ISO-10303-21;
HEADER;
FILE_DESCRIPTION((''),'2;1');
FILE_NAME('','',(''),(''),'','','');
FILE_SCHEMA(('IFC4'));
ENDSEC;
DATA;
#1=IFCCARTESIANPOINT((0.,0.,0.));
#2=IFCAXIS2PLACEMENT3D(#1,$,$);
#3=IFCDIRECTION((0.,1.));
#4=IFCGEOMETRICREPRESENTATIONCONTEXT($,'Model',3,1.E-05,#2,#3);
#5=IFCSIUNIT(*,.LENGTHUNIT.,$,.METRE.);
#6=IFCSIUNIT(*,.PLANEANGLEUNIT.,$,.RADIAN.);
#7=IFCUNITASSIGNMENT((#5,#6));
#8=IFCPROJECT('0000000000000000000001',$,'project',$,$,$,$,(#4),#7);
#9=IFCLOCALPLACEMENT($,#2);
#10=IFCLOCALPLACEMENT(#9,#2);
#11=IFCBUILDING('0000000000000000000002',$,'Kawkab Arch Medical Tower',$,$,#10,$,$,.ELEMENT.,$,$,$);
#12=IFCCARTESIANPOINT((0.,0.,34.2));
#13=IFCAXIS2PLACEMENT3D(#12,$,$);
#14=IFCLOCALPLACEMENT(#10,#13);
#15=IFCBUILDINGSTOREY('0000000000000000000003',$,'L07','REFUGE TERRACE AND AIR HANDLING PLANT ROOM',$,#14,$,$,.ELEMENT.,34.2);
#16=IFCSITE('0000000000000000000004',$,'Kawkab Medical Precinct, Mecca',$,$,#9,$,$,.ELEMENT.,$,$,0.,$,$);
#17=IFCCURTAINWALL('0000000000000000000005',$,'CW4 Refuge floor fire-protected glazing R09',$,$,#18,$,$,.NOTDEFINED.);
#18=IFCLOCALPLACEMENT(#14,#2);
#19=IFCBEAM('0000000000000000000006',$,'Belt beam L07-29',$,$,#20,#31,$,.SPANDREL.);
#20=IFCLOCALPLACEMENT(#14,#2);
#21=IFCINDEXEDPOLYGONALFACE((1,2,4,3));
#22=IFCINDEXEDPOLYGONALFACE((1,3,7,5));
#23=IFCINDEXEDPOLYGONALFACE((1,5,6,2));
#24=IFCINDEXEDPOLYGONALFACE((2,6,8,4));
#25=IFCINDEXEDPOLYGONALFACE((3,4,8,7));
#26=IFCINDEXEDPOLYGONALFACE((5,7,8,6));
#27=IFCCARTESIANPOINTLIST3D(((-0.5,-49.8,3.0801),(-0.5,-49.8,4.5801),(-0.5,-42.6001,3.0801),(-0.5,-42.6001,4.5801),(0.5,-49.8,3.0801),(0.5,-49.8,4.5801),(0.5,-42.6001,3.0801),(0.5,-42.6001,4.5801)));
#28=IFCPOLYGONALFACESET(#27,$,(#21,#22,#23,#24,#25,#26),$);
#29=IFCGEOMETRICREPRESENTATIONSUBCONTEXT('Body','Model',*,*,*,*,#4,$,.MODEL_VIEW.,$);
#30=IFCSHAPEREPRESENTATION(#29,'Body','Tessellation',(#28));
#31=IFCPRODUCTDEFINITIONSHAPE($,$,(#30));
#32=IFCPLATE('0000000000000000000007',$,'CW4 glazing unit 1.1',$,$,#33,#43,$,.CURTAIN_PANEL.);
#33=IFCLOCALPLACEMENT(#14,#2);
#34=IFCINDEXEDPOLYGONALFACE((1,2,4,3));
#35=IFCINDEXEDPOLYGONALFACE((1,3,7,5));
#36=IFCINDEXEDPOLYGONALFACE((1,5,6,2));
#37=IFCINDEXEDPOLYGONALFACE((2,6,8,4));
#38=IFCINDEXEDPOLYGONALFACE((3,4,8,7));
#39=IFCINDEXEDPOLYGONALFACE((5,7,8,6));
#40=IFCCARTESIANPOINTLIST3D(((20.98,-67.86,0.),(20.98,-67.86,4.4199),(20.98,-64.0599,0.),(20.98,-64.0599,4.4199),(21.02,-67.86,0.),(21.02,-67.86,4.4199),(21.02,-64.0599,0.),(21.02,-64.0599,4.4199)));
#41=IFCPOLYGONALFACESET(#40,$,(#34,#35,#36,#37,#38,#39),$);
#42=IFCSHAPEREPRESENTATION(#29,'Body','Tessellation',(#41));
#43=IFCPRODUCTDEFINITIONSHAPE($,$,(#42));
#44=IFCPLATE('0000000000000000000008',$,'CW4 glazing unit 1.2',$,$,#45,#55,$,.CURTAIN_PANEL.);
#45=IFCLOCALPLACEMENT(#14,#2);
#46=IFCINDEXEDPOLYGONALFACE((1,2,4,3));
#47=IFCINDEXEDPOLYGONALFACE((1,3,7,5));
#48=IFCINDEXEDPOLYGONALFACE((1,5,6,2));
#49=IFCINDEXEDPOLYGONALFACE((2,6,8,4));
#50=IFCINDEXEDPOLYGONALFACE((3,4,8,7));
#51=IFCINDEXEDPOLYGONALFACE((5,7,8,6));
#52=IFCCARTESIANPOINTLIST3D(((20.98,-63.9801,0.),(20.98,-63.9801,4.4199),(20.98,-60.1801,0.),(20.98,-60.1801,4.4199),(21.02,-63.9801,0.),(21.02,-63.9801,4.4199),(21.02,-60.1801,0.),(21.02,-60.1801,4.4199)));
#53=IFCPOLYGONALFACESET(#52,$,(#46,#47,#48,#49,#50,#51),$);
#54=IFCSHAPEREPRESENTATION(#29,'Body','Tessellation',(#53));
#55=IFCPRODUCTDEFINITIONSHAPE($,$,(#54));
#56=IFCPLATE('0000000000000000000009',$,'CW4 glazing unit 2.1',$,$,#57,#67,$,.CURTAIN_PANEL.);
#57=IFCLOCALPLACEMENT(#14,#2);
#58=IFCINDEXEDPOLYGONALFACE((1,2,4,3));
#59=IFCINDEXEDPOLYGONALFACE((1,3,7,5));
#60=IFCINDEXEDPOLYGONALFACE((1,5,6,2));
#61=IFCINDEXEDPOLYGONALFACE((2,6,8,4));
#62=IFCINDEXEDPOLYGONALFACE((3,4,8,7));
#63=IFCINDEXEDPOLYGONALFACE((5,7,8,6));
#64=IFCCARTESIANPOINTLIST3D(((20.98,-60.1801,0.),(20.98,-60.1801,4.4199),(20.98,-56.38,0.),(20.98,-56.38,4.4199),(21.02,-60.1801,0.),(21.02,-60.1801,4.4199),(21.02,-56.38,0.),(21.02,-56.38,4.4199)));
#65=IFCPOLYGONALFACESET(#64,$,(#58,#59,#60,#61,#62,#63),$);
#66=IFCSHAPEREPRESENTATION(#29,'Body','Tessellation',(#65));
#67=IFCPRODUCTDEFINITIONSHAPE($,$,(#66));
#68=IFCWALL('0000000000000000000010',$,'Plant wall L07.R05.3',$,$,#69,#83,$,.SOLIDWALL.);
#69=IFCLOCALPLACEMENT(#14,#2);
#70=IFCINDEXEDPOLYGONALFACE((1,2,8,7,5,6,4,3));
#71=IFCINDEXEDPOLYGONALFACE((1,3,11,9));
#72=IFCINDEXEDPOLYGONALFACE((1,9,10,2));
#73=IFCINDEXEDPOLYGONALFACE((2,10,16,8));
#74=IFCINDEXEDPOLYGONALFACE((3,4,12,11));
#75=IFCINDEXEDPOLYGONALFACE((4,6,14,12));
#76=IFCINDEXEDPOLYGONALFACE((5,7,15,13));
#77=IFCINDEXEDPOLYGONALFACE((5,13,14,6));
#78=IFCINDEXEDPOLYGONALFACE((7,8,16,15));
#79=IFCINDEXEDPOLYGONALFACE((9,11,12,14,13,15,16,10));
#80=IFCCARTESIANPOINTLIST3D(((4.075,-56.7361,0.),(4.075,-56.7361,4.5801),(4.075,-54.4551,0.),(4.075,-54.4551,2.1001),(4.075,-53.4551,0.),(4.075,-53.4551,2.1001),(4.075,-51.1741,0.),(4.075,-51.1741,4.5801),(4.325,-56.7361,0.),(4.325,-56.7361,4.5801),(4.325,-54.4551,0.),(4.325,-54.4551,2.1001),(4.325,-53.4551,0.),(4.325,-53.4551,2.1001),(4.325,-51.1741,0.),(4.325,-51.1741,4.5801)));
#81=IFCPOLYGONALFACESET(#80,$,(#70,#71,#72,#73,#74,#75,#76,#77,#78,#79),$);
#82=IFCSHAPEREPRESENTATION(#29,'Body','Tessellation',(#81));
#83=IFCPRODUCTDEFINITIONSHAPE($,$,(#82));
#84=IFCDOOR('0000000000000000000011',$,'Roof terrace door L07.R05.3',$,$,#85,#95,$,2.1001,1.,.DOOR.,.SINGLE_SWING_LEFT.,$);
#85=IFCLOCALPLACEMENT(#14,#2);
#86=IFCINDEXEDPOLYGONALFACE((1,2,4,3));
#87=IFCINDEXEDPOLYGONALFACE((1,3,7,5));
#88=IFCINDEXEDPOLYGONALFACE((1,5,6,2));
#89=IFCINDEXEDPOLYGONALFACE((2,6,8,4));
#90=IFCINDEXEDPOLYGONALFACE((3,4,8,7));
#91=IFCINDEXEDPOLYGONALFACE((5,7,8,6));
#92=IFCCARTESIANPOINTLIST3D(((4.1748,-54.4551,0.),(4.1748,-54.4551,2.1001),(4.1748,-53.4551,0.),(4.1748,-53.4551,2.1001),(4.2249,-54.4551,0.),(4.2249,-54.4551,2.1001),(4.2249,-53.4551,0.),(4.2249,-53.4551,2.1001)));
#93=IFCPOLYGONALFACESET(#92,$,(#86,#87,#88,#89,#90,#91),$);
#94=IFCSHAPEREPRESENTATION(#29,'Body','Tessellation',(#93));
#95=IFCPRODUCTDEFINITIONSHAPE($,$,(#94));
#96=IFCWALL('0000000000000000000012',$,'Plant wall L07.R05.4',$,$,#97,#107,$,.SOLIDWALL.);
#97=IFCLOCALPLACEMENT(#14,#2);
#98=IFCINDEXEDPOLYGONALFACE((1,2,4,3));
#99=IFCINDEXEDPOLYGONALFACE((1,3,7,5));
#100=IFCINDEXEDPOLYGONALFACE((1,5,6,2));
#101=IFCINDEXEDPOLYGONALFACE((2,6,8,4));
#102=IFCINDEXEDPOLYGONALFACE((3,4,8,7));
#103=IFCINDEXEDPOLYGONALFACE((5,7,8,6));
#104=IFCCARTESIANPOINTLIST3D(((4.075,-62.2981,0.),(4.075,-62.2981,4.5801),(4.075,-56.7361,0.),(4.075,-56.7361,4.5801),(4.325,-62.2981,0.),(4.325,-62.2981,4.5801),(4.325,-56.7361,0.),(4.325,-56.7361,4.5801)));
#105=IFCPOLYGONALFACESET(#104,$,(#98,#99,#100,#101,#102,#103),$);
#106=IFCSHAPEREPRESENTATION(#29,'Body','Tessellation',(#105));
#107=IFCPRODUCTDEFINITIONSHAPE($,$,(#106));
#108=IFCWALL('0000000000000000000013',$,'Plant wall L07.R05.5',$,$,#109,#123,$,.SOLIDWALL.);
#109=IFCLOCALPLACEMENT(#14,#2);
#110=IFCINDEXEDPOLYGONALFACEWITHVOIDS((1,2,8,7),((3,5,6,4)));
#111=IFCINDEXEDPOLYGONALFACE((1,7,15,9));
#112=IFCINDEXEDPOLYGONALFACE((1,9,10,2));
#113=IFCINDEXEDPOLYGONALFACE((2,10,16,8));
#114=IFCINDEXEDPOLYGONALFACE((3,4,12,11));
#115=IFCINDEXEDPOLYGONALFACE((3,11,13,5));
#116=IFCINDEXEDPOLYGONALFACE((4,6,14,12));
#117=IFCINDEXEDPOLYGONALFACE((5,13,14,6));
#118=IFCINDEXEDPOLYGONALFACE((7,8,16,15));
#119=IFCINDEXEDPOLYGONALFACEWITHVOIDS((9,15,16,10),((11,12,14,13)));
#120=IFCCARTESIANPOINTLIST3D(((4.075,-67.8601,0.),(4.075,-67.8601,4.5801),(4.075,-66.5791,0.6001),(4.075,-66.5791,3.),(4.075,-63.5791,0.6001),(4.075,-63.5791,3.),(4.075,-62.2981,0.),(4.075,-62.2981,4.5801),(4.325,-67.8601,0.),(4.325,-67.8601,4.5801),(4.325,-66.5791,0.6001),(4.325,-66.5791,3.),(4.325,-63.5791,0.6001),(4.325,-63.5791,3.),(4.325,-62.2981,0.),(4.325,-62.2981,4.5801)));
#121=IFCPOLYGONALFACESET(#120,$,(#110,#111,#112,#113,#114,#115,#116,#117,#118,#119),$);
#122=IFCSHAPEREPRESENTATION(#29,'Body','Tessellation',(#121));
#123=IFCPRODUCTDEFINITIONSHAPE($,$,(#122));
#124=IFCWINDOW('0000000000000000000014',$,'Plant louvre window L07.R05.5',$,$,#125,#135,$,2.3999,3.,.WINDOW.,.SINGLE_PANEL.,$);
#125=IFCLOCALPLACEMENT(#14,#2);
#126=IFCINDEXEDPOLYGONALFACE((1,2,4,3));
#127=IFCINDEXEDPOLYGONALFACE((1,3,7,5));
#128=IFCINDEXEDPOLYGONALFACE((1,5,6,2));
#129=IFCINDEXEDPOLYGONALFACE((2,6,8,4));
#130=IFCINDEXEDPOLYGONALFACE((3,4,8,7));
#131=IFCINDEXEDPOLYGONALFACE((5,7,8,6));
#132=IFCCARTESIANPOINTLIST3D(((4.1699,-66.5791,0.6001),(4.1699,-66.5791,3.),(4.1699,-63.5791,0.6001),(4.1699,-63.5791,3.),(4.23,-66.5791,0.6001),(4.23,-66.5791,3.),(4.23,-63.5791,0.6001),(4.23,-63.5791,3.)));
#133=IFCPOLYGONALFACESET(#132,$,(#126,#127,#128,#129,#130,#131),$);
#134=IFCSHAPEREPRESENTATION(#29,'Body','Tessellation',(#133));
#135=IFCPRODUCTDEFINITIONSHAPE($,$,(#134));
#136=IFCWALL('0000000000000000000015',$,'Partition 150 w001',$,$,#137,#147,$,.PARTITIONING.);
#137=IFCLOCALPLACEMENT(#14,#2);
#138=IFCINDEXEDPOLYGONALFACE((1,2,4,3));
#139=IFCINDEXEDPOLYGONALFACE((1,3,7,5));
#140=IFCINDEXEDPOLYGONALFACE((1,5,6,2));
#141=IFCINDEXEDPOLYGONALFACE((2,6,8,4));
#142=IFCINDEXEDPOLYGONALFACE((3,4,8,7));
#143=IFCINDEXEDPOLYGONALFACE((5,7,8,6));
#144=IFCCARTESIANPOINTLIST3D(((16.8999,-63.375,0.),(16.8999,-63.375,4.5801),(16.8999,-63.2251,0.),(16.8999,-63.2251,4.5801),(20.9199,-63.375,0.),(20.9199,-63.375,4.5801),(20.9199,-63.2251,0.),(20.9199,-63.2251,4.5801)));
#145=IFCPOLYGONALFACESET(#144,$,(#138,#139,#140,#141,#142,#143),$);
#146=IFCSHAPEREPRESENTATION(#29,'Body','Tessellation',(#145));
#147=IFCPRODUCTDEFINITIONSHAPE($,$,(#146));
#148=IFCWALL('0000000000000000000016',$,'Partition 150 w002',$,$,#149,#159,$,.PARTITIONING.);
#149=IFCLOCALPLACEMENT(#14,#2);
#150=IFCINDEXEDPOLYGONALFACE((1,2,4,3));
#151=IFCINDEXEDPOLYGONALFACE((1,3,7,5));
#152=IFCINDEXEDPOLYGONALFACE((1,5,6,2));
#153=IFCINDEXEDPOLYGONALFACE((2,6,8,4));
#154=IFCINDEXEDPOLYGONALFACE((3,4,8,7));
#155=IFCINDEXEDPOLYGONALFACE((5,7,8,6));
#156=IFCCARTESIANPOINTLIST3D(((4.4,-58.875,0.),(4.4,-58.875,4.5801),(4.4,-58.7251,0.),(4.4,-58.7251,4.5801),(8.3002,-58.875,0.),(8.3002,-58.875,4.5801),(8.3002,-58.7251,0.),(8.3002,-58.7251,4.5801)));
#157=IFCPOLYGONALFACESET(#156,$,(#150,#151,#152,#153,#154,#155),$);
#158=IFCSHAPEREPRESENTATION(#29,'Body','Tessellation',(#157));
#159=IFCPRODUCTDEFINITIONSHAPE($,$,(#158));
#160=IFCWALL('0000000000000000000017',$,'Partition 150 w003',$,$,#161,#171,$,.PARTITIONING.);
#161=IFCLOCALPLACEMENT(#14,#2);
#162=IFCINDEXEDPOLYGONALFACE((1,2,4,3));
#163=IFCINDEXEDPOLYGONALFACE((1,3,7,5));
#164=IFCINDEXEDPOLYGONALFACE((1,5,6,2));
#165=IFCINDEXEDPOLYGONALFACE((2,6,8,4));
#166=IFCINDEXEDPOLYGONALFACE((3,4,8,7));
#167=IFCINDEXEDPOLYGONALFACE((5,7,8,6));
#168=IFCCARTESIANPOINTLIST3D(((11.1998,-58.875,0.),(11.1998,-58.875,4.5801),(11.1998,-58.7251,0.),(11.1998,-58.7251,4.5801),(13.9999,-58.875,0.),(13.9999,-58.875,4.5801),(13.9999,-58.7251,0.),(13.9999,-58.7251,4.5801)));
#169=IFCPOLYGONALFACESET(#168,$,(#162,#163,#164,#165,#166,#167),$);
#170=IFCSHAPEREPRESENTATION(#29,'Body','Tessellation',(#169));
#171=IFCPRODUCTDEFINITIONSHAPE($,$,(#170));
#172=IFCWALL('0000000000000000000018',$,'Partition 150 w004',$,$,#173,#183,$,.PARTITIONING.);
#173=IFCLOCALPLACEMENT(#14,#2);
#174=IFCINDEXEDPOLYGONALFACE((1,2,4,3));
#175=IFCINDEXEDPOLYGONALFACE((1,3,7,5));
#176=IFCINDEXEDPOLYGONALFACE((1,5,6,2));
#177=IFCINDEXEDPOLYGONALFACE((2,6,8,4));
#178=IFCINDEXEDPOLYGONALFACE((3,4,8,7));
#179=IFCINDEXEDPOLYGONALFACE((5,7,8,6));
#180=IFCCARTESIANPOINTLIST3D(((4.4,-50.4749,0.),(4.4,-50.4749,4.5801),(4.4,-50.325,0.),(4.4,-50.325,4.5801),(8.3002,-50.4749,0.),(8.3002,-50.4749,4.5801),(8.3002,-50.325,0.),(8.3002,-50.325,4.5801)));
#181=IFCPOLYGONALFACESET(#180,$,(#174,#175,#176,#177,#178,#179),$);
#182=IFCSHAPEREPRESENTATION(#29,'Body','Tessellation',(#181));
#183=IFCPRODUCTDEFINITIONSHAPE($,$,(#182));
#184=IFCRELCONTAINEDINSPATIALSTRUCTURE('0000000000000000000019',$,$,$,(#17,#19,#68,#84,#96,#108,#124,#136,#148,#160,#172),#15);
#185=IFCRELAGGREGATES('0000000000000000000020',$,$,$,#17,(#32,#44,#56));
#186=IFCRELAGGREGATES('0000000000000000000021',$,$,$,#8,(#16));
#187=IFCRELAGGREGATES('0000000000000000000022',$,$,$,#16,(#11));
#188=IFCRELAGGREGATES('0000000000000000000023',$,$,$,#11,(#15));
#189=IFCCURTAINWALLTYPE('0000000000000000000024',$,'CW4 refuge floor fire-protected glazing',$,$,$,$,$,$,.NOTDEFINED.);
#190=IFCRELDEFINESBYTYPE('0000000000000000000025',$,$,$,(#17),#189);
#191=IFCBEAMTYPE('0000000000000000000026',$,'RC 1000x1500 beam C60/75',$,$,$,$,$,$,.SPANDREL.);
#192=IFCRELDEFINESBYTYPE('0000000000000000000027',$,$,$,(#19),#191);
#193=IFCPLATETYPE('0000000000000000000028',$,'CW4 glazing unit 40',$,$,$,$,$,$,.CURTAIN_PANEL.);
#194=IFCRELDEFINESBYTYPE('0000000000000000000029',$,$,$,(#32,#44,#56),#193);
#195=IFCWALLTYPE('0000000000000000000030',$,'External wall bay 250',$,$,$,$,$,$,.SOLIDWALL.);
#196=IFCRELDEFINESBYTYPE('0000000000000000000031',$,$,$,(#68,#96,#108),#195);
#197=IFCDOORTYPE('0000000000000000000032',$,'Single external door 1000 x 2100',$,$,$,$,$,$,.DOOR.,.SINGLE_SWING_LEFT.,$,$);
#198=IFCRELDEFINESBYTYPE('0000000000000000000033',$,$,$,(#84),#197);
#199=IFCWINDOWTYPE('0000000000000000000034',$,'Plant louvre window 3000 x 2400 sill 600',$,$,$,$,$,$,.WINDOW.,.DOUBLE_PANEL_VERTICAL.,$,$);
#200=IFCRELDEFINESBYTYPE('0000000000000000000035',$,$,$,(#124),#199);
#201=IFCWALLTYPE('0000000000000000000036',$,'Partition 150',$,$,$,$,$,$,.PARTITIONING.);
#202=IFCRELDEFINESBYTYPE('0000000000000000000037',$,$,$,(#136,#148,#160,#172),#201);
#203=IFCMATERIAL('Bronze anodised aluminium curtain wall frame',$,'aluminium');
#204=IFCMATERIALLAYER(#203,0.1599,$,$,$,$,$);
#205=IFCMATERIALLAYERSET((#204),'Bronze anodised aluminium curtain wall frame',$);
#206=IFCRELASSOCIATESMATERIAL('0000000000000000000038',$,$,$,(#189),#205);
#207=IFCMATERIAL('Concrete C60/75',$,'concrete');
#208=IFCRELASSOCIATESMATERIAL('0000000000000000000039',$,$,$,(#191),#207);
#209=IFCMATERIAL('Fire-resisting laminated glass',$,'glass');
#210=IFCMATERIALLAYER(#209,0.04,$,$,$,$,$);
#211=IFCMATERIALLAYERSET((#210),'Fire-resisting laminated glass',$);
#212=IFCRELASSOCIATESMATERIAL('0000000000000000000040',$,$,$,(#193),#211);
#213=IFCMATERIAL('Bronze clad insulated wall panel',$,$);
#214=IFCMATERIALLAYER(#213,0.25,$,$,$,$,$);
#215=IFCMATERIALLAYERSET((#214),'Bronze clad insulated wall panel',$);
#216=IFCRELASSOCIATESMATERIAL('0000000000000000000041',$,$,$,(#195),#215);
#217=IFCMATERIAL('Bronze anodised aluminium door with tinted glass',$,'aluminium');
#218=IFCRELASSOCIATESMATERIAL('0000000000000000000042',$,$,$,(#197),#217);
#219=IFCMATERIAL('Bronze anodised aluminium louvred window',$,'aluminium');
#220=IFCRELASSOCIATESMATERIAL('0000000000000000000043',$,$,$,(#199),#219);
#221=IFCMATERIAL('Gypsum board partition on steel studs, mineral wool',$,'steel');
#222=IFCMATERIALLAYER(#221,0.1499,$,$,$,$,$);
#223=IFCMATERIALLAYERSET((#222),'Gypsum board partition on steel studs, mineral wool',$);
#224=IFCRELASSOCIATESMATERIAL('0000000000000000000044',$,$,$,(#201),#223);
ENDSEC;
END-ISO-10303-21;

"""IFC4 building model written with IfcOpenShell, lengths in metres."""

from ifc_helpers import new_model, si_unit, direction, frame, frame_2d, origin, origin_2d, place, context, subcontext, project, spatial, rectangle, extrude, material, layer, layer_set, material_profile, profile_set, type_object, element, fill, aggregate, save


model = new_model("IFC4")

# Units and contexts
model_context = context("Model", 3, precision=1e-05, world=origin(), true_north=direction((0.0, 1.0)))
body_context = subcontext(model_context, "Body", "Model", "MODEL_VIEW")
ifc_project = project(units=[si_unit("LENGTHUNIT", "METRE"), si_unit("PLANEANGLEUNIT", "RADIAN")], contexts=[model_context])

# Site, building, storey
site_placement = place(None, origin())
site = spatial("IfcSite", under=ifc_project, at=site_placement, Name="Kawkab Medical Precinct, Mecca", CompositionType="ELEMENT", RefElevation=0.0)
building_placement = place(site_placement, origin())
building = spatial("IfcBuilding", under=site, at=building_placement, Name="Kawkab Arch Medical Tower", CompositionType="ELEMENT")
storey_placement = place(building_placement, frame((0.0, 0.0, 34.2)))
storey = spatial("IfcBuildingStorey", under=building, at=storey_placement, Name="L07", Description="REFUGE TERRACE AND AIR HANDLING PLANT ROOM", CompositionType="ELEMENT", Elevation=34.2)

# Curtain wall
ifc_material_1 = material(Name="Bronze anodised aluminium curtain wall frame", Category="aluminium")
ifc_layer_1 = layer(ifc_material_1, 0.1599)
ifc_layer_set_1 = layer_set([ifc_layer_1], Name="Bronze anodised aluminium curtain wall frame")
curtain_wall_type = type_object("IfcCurtainWallType", Name="CW4 refuge floor fire-protected glazing", PredefinedType="NOTDEFINED", material=ifc_layer_set_1)
curtain_wall_placement = place(storey_placement, origin())
curtain_wall = element("IfcCurtainWall", 1, at=curtain_wall_placement, inside=storey, type_object=curtain_wall_type, Name="CW4 Refuge floor fire-protected glazing R09", PredefinedType="NOTDEFINED")

# Beam
ifc_material_2 = material(Name="Concrete C60/75", Category="concrete")
ifc_material_profile_1 = material_profile(ifc_material_2, rectangle(XDim=1.0, YDim=1.5, at=origin_2d()), Name="RC 1000x1500")
ifc_profile_set_1 = profile_set([ifc_material_profile_1], Name="Concrete C60/75")
beam_type = type_object("IfcBeamType", Name="RC 1000x1500 beam C60/75", PredefinedType="SPANDREL", material=ifc_profile_set_1)
for number, where, z_axis, x_axis, name in (
    (2, (0.0, -49.8, 3.8301), (0.0, 1.0, 0.0), (-1.0, 0.0, 0.0), "Belt beam L07-29"),
):
    element("IfcBeam", number, at=place(storey_placement, frame(where, z_axis=z_axis, x_axis=x_axis)), inside=storey, type_object=beam_type, Name=name, PredefinedType="SPANDREL", context=body_context, shape_type="SweptSolid", body=[
        extrude(rectangle(XDim=1.0, YDim=1.5, at=origin_2d()), origin(), (0.0, 0.0, 1.0), 7.2),
    ])

# Plates
ifc_material_3 = material(Name="Fire-resisting laminated glass", Category="glass")
ifc_layer_2 = layer(ifc_material_3, 0.04)
ifc_layer_set_2 = layer_set([ifc_layer_2], Name="Fire-resisting laminated glass")
plate_type = type_object("IfcPlateType", Name="CW4 glazing unit 40", PredefinedType="CURTAIN_PANEL", material=ifc_layer_set_2)
plate_1_placement = place(storey_placement, frame((21.0, -65.96, 0.0), z_axis=(0.0, 0.0, 1.0), x_axis=(0.0, 1.0, 0.0)))
plate_1 = element("IfcPlate", 3, at=plate_1_placement, type_object=plate_type, Name="CW4 glazing unit 1.1", PredefinedType="CURTAIN_PANEL", context=body_context, shape_type="SweptSolid", body=[
    extrude(rectangle(XDim=3.8, YDim=0.04, at=origin_2d()), origin(), (0.0, 0.0, 1.0), 4.4199),
])
plate_2_placement = place(storey_placement, frame((21.0, -62.0801, 0.0), z_axis=(0.0, 0.0, 1.0), x_axis=(0.0, 1.0, 0.0)))
plate_2 = element("IfcPlate", 4, at=plate_2_placement, type_object=plate_type, Name="CW4 glazing unit 1.2", PredefinedType="CURTAIN_PANEL", context=body_context, shape_type="SweptSolid", body=[
    extrude(rectangle(XDim=3.8, YDim=0.04, at=origin_2d()), origin(), (0.0, 0.0, 1.0), 4.4199),
])
plate_3_placement = place(storey_placement, frame((21.0, -58.28, 0.0), z_axis=(0.0, 0.0, 1.0), x_axis=(0.0, 1.0, 0.0)))
plate_3 = element("IfcPlate", 5, at=plate_3_placement, type_object=plate_type, Name="CW4 glazing unit 2.1", PredefinedType="CURTAIN_PANEL", context=body_context, shape_type="SweptSolid", body=[
    extrude(rectangle(XDim=3.8, YDim=0.04, at=origin_2d()), origin(), (0.0, 0.0, 1.0), 4.4199),
])
aggregate(curtain_wall, [plate_1, plate_2, plate_3])

# Wall, opening, door
ifc_material_4 = material(Name="Bronze clad insulated wall panel")
ifc_layer_3 = layer(ifc_material_4, 0.25)
ifc_layer_set_3 = layer_set([ifc_layer_3], Name="Bronze clad insulated wall panel")
wall_type_1 = type_object("IfcWallType", Name="External wall bay 250", PredefinedType="SOLIDWALL", material=ifc_layer_set_3)
wall_1_placement = place(storey_placement, frame((4.2, -51.1741, 0.0), z_axis=(0.0, 0.0, 1.0), x_axis=(0.0, -1.0, 0.0)))
wall_1 = element("IfcWall", 6, at=wall_1_placement, inside=storey, type_object=wall_type_1, Name="Plant wall L07.R05.3", PredefinedType="SOLIDWALL", context=body_context, shape_type="SweptSolid", body=[
    extrude(rectangle(XDim=5.562, YDim=0.25, at=frame_2d((2.781, 0.0))), origin(), (0.0, 0.0, 1.0), 4.5801),
])
opening_1_placement = place(wall_1_placement, frame((2.281, 0.0, 0.0)))
opening_1 = element("IfcOpeningElement", 7, at=opening_1_placement, cuts=wall_1, PredefinedType="OPENING", context=body_context, shape_type="SweptSolid", body=[
    extrude(rectangle(XDim=1.0, YDim=2.1001, at=frame_2d((0.5, 1.05))), frame((0.0, 0.135, 0.0), z_axis=(0.0, -1.0, 0.0), x_axis=(1.0, 0.0, 0.0)), (0.0, 0.0, 1.0), 0.27),
])
ifc_material_5 = material(Name="Bronze anodised aluminium door with tinted glass", Category="aluminium")
door_type = type_object("IfcDoorType", Name="Single external door 1000 x 2100", OperationType="SINGLE_SWING_LEFT", PredefinedType="DOOR", material=ifc_material_5)
door_placement = place(opening_1_placement, origin())
door = element("IfcDoor", 8, at=door_placement, inside=storey, type_object=door_type, Name="Roof terrace door L07.R05.3", OperationType="SINGLE_SWING_LEFT", OverallHeight=2.1001, OverallWidth=1.0, PredefinedType="DOOR", context=body_context, shape_type="SweptSolid", body=[
    extrude(rectangle(XDim=1.0, YDim=2.1001, at=frame_2d((0.5, 1.05))), frame((0.0, 0.0249, 0.0), z_axis=(0.0, -1.0, 0.0), x_axis=(1.0, 0.0, 0.0)), (0.0, 0.0, 1.0), 0.05),
])
fill(opening_1, door)

# Wall
wall_2_placement = place(storey_placement, frame((4.2, -56.7361, 0.0), z_axis=(0.0, 0.0, 1.0), x_axis=(0.0, -1.0, 0.0)))
element("IfcWall", 9, at=wall_2_placement, inside=storey, type_object=wall_type_1, Name="Plant wall L07.R05.4", PredefinedType="SOLIDWALL", context=body_context, shape_type="SweptSolid", body=[
    extrude(rectangle(XDim=5.562, YDim=0.25, at=frame_2d((2.781, 0.0))), origin(), (0.0, 0.0, 1.0), 4.5801),
])

# Wall, opening, window
wall_3_placement = place(storey_placement, frame((4.2, -62.2981, 0.0), z_axis=(0.0, 0.0, 1.0), x_axis=(0.0, -1.0, 0.0)))
wall_3 = element("IfcWall", 10, at=wall_3_placement, inside=storey, type_object=wall_type_1, Name="Plant wall L07.R05.5", PredefinedType="SOLIDWALL", context=body_context, shape_type="SweptSolid", body=[
    extrude(rectangle(XDim=5.562, YDim=0.25, at=frame_2d((2.781, 0.0))), origin(), (0.0, 0.0, 1.0), 4.5801),
])
opening_2_placement = place(wall_3_placement, frame((1.281, 0.0, 0.6001)))
opening_2 = element("IfcOpeningElement", 11, at=opening_2_placement, cuts=wall_3, PredefinedType="OPENING", context=body_context, shape_type="SweptSolid", body=[
    extrude(rectangle(XDim=3.0, YDim=2.3999, at=frame_2d((1.5, 1.2))), frame((0.0, 0.135, 0.0), z_axis=(0.0, -1.0, 0.0), x_axis=(1.0, 0.0, 0.0)), (0.0, 0.0, 1.0), 0.27),
])
ifc_material_6 = material(Name="Bronze anodised aluminium louvred window", Category="aluminium")
window_type = type_object("IfcWindowType", Name="Plant louvre window 3000 x 2400 sill 600", PartitioningType="DOUBLE_PANEL_VERTICAL", PredefinedType="WINDOW", material=ifc_material_6)
window_placement = place(opening_2_placement, origin())
window = element("IfcWindow", 12, at=window_placement, inside=storey, type_object=window_type, Name="Plant louvre window L07.R05.5", OverallHeight=2.3999, OverallWidth=3.0, PartitioningType="SINGLE_PANEL", PredefinedType="WINDOW", context=body_context, shape_type="SweptSolid", body=[
    extrude(rectangle(XDim=3.0, YDim=2.3999, at=frame_2d((1.5, 1.2))), frame((0.0, 0.03, 0.0), z_axis=(0.0, -1.0, 0.0), x_axis=(1.0, 0.0, 0.0)), (0.0, 0.0, 1.0), 0.0601),
])
fill(opening_2, window)

# Walls
ifc_material_7 = material(Name="Gypsum board partition on steel studs, mineral wool", Category="steel")
ifc_layer_4 = layer(ifc_material_7, 0.1499)
ifc_layer_set_4 = layer_set([ifc_layer_4], Name="Gypsum board partition on steel studs, mineral wool")
wall_type_2 = type_object("IfcWallType", Name="Partition 150", PredefinedType="PARTITIONING", material=ifc_layer_set_4)
wall_4_placement = place(storey_placement, frame((16.8999, -63.3, 0.0), z_axis=(0.0, 0.0, 1.0), x_axis=(1.0, 0.0, 0.0)))
element("IfcWall", 13, at=wall_4_placement, inside=storey, type_object=wall_type_2, Name="Partition 150 w001", PredefinedType="PARTITIONING", context=body_context, shape_type="SweptSolid", body=[
    extrude(rectangle(XDim=4.02, YDim=0.1499, at=frame_2d((2.01, 0.0))), origin(), (0.0, 0.0, 1.0), 4.5801),
])
wall_5_placement = place(storey_placement, frame((4.3999, -58.8, 0.0), z_axis=(0.0, 0.0, 1.0), x_axis=(1.0, 0.0, 0.0)))
element("IfcWall", 14, at=wall_5_placement, inside=storey, type_object=wall_type_2, Name="Partition 150 w002", PredefinedType="PARTITIONING", context=body_context, shape_type="SweptSolid", body=[
    extrude(rectangle(XDim=3.9001, YDim=0.1499, at=frame_2d((1.9502, 0.0))), origin(), (0.0, 0.0, 1.0), 4.5801),
])
wall_6_placement = place(storey_placement, frame((11.2, -58.8, 0.0), z_axis=(0.0, 0.0, 1.0), x_axis=(1.0, 0.0, 0.0)))
element("IfcWall", 15, at=wall_6_placement, inside=storey, type_object=wall_type_2, Name="Partition 150 w003", PredefinedType="PARTITIONING", context=body_context, shape_type="SweptSolid", body=[
    extrude(rectangle(XDim=2.8, YDim=0.1499, at=frame_2d((1.3999, 0.0))), origin(), (0.0, 0.0, 1.0), 4.5801),
])
wall_7_placement = place(storey_placement, frame((4.3999, -50.3999, 0.0), z_axis=(0.0, 0.0, 1.0), x_axis=(1.0, 0.0, 0.0)))
element("IfcWall", 16, at=wall_7_placement, inside=storey, type_object=wall_type_2, Name="Partition 150 w004", PredefinedType="PARTITIONING", context=body_context, shape_type="SweptSolid", body=[
    extrude(rectangle(XDim=3.9001, YDim=0.1499, at=frame_2d((1.9502, 0.0))), origin(), (0.0, 0.0, 1.0), 4.5801),
])

save(model, "model.ifc")
